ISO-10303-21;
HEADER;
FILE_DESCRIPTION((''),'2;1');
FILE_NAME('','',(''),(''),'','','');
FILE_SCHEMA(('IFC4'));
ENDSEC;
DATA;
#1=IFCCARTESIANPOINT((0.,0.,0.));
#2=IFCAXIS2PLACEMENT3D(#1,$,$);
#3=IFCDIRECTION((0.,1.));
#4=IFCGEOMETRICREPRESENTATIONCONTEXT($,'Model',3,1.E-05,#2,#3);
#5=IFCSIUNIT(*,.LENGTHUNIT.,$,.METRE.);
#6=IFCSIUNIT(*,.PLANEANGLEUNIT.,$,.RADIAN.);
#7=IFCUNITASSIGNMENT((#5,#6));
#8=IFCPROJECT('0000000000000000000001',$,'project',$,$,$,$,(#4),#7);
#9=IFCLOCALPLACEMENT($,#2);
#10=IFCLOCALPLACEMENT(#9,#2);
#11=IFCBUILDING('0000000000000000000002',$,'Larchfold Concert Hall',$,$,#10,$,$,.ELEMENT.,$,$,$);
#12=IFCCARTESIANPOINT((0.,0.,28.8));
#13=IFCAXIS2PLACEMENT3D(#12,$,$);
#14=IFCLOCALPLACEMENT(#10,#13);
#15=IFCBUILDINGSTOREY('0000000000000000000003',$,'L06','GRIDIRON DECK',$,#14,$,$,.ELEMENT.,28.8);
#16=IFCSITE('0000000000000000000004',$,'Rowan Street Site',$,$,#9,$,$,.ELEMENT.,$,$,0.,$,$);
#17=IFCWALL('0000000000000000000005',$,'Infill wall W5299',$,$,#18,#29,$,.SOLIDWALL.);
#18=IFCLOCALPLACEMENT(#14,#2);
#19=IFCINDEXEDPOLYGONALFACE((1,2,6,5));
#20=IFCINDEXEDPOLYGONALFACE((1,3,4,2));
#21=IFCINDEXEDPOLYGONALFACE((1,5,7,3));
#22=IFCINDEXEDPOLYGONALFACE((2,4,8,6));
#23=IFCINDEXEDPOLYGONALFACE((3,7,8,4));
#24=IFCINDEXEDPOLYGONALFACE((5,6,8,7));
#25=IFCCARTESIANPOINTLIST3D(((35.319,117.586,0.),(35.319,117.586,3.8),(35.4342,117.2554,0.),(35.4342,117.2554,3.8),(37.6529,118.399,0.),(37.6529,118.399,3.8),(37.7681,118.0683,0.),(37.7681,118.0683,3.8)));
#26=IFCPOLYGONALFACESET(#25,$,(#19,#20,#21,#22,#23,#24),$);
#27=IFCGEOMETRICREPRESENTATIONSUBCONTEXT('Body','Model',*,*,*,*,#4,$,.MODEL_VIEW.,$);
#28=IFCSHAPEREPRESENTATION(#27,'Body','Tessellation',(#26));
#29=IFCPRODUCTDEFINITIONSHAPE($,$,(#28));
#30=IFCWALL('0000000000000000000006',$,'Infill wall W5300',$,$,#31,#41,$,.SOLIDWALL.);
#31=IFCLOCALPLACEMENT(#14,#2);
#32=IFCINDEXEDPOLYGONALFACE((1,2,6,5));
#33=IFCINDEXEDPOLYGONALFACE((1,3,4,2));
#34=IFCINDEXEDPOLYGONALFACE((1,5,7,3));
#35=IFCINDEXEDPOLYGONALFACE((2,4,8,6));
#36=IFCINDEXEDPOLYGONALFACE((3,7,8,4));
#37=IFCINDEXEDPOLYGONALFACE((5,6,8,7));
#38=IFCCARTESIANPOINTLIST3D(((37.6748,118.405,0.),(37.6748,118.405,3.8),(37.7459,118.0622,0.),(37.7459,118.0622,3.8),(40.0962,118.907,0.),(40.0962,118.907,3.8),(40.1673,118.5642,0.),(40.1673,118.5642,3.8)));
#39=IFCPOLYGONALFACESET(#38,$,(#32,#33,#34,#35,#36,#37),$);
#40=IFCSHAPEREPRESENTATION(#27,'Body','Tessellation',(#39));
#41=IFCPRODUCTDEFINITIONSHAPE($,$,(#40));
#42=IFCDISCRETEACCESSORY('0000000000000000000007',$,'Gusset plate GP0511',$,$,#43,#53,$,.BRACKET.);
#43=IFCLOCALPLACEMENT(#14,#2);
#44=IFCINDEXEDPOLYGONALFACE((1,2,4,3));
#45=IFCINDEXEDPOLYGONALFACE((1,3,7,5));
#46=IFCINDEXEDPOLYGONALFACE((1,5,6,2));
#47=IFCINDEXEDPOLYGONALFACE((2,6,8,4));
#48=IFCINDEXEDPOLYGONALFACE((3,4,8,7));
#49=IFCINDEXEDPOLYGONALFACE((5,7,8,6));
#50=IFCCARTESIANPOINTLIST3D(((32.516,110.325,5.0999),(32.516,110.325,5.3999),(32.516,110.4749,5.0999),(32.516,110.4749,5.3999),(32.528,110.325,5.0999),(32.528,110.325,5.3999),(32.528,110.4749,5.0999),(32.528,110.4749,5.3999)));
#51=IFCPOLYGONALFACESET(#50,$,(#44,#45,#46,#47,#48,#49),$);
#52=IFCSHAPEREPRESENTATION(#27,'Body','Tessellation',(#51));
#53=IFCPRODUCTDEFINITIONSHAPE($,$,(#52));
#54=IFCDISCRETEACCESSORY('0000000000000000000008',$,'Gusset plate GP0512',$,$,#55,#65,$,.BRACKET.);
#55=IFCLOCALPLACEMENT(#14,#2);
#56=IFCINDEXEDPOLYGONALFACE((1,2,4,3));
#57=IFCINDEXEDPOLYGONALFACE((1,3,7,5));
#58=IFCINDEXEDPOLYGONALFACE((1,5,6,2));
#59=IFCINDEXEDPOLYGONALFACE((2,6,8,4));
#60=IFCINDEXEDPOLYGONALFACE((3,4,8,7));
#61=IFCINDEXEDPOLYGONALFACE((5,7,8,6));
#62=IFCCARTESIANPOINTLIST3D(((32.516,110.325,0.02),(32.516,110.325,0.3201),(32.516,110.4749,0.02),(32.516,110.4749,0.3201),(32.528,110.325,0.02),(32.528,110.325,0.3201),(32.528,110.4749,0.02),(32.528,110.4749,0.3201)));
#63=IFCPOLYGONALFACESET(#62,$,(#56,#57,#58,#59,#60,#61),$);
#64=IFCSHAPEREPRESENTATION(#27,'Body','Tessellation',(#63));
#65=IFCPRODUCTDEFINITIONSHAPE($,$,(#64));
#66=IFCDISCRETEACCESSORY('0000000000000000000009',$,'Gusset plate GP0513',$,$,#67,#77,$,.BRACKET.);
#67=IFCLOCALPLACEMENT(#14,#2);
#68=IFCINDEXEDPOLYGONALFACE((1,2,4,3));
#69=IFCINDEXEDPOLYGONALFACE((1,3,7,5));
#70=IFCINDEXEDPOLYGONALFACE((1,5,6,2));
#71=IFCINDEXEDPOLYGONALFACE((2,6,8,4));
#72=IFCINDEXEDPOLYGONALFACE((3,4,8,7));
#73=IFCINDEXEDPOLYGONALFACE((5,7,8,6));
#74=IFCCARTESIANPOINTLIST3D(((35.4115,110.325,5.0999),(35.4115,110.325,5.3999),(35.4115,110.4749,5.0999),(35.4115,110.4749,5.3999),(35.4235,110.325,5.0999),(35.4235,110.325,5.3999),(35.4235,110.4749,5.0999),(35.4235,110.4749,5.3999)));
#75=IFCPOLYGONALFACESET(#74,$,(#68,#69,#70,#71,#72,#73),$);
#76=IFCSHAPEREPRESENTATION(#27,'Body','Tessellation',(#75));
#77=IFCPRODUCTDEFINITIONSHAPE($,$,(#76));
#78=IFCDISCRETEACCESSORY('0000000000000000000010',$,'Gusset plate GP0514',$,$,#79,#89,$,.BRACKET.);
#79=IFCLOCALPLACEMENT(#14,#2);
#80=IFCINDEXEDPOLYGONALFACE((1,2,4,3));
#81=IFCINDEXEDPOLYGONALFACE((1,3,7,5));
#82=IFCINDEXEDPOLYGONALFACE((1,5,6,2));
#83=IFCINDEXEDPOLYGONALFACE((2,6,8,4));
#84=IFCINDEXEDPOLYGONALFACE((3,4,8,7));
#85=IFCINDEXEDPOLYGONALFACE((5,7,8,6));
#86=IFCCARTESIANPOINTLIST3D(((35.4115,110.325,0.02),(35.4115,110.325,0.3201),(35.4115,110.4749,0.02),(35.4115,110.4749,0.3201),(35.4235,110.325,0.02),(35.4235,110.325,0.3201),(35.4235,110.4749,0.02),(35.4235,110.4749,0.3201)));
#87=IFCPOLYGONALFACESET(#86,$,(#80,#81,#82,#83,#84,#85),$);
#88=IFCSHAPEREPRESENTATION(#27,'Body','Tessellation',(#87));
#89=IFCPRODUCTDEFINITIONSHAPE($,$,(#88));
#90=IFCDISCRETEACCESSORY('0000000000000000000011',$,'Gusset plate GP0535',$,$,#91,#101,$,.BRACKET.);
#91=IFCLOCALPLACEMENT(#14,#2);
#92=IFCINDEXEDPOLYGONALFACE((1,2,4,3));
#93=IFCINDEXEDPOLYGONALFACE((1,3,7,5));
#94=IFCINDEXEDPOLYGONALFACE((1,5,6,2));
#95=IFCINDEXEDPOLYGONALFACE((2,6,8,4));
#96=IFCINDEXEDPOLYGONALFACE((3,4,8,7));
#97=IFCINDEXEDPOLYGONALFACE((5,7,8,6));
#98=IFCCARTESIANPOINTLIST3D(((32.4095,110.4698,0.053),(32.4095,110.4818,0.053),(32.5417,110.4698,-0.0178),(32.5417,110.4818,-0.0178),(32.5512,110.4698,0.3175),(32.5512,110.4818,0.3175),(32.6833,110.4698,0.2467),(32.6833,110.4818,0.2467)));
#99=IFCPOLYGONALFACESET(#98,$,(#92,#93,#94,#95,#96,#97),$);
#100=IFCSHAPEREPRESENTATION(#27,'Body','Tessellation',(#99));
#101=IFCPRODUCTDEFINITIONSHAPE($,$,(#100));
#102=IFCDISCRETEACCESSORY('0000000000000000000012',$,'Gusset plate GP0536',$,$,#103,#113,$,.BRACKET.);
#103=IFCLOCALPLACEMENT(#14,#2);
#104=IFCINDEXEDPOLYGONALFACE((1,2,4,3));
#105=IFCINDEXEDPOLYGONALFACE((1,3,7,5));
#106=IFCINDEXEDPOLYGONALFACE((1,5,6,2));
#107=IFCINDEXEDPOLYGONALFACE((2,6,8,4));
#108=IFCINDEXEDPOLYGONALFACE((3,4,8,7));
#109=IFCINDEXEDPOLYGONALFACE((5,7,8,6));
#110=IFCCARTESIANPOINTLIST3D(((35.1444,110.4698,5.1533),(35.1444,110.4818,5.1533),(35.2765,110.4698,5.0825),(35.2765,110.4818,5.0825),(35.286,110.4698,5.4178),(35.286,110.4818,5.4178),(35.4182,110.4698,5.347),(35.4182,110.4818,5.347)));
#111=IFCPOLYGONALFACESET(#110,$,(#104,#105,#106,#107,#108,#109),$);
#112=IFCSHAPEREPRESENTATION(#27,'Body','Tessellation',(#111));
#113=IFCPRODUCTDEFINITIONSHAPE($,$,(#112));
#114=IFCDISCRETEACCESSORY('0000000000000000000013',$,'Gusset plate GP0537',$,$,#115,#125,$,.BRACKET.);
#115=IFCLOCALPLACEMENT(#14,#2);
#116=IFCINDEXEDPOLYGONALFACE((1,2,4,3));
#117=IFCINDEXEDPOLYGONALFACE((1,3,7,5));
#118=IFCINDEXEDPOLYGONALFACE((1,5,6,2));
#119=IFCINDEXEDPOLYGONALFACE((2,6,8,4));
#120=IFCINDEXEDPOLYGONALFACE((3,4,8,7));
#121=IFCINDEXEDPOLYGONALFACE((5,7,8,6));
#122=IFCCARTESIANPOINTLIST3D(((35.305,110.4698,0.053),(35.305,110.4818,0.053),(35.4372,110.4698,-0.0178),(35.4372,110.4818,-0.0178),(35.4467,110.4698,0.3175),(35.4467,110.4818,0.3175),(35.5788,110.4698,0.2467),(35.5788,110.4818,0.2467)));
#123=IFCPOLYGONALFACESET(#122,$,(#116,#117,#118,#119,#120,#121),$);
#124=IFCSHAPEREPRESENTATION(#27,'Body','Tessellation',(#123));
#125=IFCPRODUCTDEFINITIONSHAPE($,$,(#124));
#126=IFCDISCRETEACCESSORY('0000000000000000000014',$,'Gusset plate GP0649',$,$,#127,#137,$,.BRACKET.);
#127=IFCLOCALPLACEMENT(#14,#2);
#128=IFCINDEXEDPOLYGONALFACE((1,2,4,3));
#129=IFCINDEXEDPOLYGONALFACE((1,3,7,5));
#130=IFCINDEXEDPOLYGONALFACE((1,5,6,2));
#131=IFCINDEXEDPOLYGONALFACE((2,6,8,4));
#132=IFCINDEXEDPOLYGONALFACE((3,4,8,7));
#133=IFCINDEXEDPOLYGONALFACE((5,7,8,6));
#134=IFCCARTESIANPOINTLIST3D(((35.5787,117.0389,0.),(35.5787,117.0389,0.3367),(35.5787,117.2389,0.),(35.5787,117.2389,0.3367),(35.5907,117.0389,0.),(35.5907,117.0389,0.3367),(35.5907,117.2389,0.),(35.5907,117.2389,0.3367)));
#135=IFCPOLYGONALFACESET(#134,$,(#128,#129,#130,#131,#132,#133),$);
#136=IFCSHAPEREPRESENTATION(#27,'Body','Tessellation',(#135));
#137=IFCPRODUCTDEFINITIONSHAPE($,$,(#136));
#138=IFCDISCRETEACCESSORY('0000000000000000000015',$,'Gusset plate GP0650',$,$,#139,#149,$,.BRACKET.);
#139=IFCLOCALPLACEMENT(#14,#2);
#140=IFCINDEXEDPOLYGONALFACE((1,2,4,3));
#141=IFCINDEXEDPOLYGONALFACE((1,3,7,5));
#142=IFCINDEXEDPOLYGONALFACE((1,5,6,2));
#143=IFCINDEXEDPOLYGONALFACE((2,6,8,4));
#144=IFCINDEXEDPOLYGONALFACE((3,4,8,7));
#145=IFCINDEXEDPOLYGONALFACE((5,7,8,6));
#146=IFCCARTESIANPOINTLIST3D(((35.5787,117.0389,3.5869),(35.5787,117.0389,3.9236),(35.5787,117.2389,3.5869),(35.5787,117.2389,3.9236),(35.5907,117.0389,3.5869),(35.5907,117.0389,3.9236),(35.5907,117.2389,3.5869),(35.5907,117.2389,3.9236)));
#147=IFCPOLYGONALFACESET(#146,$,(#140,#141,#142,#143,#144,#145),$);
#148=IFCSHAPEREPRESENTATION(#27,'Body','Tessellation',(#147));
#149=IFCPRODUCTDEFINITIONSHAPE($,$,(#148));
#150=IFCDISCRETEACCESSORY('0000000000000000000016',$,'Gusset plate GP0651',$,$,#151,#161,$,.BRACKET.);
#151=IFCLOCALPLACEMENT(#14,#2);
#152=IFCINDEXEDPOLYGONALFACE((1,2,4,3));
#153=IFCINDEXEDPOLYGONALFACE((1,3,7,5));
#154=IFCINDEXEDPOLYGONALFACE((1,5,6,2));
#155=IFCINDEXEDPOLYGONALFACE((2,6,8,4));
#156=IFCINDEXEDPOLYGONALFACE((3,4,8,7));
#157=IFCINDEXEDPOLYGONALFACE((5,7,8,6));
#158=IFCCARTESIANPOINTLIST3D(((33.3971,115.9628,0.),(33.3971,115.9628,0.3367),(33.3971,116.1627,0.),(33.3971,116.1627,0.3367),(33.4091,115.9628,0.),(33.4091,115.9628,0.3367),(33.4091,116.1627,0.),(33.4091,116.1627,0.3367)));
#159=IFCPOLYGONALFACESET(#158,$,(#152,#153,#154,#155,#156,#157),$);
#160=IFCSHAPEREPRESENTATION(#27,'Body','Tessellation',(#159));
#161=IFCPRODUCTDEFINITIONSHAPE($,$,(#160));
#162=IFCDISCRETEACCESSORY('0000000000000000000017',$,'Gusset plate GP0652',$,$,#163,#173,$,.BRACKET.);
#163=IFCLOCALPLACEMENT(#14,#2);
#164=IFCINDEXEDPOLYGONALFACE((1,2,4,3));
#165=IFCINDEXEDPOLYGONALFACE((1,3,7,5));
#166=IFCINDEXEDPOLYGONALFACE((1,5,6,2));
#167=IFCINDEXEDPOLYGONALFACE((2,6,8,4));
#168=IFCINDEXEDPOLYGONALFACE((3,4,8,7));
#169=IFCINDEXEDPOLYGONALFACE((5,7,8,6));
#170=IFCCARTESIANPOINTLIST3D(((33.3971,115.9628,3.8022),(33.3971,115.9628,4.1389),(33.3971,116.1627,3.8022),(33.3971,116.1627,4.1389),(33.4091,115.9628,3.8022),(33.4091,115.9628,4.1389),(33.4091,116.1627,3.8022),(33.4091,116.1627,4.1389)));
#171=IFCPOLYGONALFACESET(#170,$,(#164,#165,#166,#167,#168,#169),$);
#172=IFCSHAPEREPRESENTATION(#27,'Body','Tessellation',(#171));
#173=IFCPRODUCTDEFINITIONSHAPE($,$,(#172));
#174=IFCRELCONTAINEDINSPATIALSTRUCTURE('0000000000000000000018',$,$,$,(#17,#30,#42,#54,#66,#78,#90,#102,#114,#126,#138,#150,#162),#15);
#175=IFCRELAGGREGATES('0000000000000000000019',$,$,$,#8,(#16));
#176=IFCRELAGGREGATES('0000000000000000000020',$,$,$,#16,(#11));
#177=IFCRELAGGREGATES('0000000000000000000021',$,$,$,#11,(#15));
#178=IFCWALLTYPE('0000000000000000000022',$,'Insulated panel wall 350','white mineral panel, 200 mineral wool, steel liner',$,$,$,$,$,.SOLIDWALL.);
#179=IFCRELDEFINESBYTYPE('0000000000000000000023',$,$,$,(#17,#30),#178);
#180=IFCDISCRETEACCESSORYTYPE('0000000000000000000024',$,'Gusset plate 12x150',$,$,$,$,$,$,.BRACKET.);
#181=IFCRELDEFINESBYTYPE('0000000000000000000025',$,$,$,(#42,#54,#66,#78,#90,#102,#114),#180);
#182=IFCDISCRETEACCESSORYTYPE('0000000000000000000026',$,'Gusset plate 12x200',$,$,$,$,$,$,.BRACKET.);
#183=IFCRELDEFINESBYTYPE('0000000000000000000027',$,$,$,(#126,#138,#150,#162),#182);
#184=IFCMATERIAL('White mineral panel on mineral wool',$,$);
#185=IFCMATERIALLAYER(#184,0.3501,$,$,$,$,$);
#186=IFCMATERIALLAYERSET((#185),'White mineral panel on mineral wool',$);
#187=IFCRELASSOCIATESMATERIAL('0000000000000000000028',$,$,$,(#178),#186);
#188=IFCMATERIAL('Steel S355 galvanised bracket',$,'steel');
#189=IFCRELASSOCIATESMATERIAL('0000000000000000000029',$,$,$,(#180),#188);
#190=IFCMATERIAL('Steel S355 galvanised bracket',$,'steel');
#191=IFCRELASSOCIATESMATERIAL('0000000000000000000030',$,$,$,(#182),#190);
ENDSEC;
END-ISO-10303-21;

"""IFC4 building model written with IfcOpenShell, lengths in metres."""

from ifc_helpers import new_model, si_unit, direction, frame, frame_2d, origin, origin_2d, place, context, subcontext, project, spatial, rectangle, extrude, material, layer, layer_set, material_profile, profile_set, type_object, element, save


model = new_model("IFC4")

# Units and contexts
model_context = context("Model", 3, precision=1e-05, world=origin(), true_north=direction((0.0, 1.0)))
body_context = subcontext(model_context, "Body", "Model", "MODEL_VIEW")
ifc_project = project(units=[si_unit("LENGTHUNIT", "METRE"), si_unit("PLANEANGLEUNIT", "RADIAN")], contexts=[model_context])

# Site, building, storey
site_placement = place(None, origin())
site = spatial("IfcSite", under=ifc_project, at=site_placement, Name="Rowan Street Site", CompositionType="ELEMENT", RefElevation=0.0)
building_placement = place(site_placement, origin())
building = spatial("IfcBuilding", under=site, at=building_placement, Name="Larchfold Concert Hall", CompositionType="ELEMENT")
storey_placement = place(building_placement, frame((0.0, 0.0, 28.8)))
storey = spatial("IfcBuildingStorey", under=building, at=storey_placement, Name="L06", Description="GRIDIRON DECK", CompositionType="ELEMENT", Elevation=28.8)

# Walls
ifc_material_1 = material(Name="White mineral panel on mineral wool")
ifc_layer = layer(ifc_material_1, 0.3501)
ifc_layer_set = layer_set([ifc_layer], Name="White mineral panel on mineral wool")
wall_type = type_object("IfcWallType", Name="Insulated panel wall 350", Description="white mineral panel, 200 mineral wool, steel liner", PredefinedType="SOLIDWALL", material=ifc_layer_set)
wall_1_placement = place(storey_placement, frame((35.3765, 117.4207, 0.0), z_axis=(0.0, 0.0, 1.0), x_axis=(0.94435, 0.328942, 0.0)))
element("IfcWall", 1, at=wall_1_placement, inside=storey, type_object=wall_type, Name="Infill wall W5299", PredefinedType="SOLIDWALL", context=body_context, shape_type="SweptSolid", body=[
    extrude(rectangle(XDim=2.4714, YDim=0.3501, at=frame_2d((1.2358, 0.0))), origin(), (0.0, 0.0, 1.0), 3.8),
])
wall_2_placement = place(storey_placement, frame((37.7104, 118.2336, 0.0), z_axis=(0.0, 0.0, 1.0), x_axis=(0.979182, 0.202984, 0.0)))
element("IfcWall", 2, at=wall_2_placement, inside=storey, type_object=wall_type, Name="Infill wall W5300", PredefinedType="SOLIDWALL", context=body_context, shape_type="SweptSolid", body=[
    extrude(rectangle(XDim=2.4729, YDim=0.3501, at=frame_2d((1.2363, 0.0))), origin(), (0.0, 0.0, 1.0), 3.8),
])

# Discrete accessories
ifc_material_2 = material(Name="Steel S355 galvanised bracket", Category="steel")
ifc_material_profile_1 = material_profile(ifc_material_2, rectangle(XDim=0.012, YDim=0.1499, at=origin_2d()))
ifc_profile_set_1 = profile_set([ifc_material_profile_1], Name="Steel S355 galvanised bracket")
discrete_accessory_type_1 = type_object("IfcDiscreteAccessoryType", Name="Gusset plate 12x150", PredefinedType="BRACKET", material=ifc_profile_set_1)
for number, where, z_axis, x_axis, name in (
    (3, (32.522, 110.3999, 5.3999), (0.0, 0.0, -1.0), (1.0, 0.0, 0.0), "Gusset plate GP0511"),
    (4, (32.522, 110.3999, 0.3201), (0.0, 0.0, -1.0), (1.0, 0.0, 0.0), "Gusset plate GP0512"),
    (5, (35.4175, 110.3999, 5.3999), (0.0, 0.0, -1.0), (1.0, 0.0, 0.0), "Gusset plate GP0513"),
    (6, (35.4175, 110.3999, 0.3201), (0.0, 0.0, -1.0), (1.0, 0.0, 0.0), "Gusset plate GP0514"),
    (7, (32.4756, 110.4758, 0.0176), (0.472108, 0.0, 0.88154), (0.0, 1.0, 0.0), "Gusset plate GP0535"),
    (8, (35.2104, 110.4758, 5.1179), (0.472108, 0.0, 0.88154), (0.0, 1.0, 0.0), "Gusset plate GP0536"),
    (9, (35.3711, 110.4758, 0.0176), (0.472108, 0.0, 0.88154), (0.0, 1.0, 0.0), "Gusset plate GP0537"),
):
    element("IfcDiscreteAccessory", number, at=place(storey_placement, frame(where, z_axis=z_axis, x_axis=x_axis)), inside=storey, type_object=discrete_accessory_type_1, Name=name, PredefinedType="BRACKET", context=body_context, shape_type="SweptSolid", body=[
        extrude(rectangle(XDim=0.012, YDim=0.1499, at=origin_2d()), origin(), (0.0, 0.0, 1.0), 0.3),
    ])
ifc_material_3 = material(Name="Steel S355 galvanised bracket", Category="steel")
ifc_material_profile_2 = material_profile(ifc_material_3, rectangle(XDim=0.012, YDim=0.2, at=origin_2d()))
ifc_profile_set_2 = profile_set([ifc_material_profile_2], Name="Steel S355 galvanised bracket")
discrete_accessory_type_2 = type_object("IfcDiscreteAccessoryType", Name="Gusset plate 12x200", PredefinedType="BRACKET", material=ifc_profile_set_2)
for number, where, z_axis, x_axis, name in (
    (10, (35.5847, 117.1389, 0.0), (0.0, 0.0, 1.0), (1.0, 0.0, 0.0), "Gusset plate GP0649"),
    (11, (35.5847, 117.1389, 3.5869), (0.0, 0.0, 1.0), (1.0, 0.0, 0.0), "Gusset plate GP0650"),
    (12, (33.4031, 116.0627, 0.0), (0.0, 0.0, 1.0), (1.0, 0.0, 0.0), "Gusset plate GP0651"),
    (13, (33.4031, 116.0627, 3.8022), (0.0, 0.0, 1.0), (1.0, 0.0, 0.0), "Gusset plate GP0652"),
):
    element("IfcDiscreteAccessory", number, at=place(storey_placement, frame(where, z_axis=z_axis, x_axis=x_axis)), inside=storey, type_object=discrete_accessory_type_2, Name=name, PredefinedType="BRACKET", context=body_context, shape_type="SweptSolid", body=[
        extrude(rectangle(XDim=0.012, YDim=0.2, at=origin_2d()), origin(), (0.0, 0.0, 1.0), 0.3367),
    ])

save(model, "model.ifc")
